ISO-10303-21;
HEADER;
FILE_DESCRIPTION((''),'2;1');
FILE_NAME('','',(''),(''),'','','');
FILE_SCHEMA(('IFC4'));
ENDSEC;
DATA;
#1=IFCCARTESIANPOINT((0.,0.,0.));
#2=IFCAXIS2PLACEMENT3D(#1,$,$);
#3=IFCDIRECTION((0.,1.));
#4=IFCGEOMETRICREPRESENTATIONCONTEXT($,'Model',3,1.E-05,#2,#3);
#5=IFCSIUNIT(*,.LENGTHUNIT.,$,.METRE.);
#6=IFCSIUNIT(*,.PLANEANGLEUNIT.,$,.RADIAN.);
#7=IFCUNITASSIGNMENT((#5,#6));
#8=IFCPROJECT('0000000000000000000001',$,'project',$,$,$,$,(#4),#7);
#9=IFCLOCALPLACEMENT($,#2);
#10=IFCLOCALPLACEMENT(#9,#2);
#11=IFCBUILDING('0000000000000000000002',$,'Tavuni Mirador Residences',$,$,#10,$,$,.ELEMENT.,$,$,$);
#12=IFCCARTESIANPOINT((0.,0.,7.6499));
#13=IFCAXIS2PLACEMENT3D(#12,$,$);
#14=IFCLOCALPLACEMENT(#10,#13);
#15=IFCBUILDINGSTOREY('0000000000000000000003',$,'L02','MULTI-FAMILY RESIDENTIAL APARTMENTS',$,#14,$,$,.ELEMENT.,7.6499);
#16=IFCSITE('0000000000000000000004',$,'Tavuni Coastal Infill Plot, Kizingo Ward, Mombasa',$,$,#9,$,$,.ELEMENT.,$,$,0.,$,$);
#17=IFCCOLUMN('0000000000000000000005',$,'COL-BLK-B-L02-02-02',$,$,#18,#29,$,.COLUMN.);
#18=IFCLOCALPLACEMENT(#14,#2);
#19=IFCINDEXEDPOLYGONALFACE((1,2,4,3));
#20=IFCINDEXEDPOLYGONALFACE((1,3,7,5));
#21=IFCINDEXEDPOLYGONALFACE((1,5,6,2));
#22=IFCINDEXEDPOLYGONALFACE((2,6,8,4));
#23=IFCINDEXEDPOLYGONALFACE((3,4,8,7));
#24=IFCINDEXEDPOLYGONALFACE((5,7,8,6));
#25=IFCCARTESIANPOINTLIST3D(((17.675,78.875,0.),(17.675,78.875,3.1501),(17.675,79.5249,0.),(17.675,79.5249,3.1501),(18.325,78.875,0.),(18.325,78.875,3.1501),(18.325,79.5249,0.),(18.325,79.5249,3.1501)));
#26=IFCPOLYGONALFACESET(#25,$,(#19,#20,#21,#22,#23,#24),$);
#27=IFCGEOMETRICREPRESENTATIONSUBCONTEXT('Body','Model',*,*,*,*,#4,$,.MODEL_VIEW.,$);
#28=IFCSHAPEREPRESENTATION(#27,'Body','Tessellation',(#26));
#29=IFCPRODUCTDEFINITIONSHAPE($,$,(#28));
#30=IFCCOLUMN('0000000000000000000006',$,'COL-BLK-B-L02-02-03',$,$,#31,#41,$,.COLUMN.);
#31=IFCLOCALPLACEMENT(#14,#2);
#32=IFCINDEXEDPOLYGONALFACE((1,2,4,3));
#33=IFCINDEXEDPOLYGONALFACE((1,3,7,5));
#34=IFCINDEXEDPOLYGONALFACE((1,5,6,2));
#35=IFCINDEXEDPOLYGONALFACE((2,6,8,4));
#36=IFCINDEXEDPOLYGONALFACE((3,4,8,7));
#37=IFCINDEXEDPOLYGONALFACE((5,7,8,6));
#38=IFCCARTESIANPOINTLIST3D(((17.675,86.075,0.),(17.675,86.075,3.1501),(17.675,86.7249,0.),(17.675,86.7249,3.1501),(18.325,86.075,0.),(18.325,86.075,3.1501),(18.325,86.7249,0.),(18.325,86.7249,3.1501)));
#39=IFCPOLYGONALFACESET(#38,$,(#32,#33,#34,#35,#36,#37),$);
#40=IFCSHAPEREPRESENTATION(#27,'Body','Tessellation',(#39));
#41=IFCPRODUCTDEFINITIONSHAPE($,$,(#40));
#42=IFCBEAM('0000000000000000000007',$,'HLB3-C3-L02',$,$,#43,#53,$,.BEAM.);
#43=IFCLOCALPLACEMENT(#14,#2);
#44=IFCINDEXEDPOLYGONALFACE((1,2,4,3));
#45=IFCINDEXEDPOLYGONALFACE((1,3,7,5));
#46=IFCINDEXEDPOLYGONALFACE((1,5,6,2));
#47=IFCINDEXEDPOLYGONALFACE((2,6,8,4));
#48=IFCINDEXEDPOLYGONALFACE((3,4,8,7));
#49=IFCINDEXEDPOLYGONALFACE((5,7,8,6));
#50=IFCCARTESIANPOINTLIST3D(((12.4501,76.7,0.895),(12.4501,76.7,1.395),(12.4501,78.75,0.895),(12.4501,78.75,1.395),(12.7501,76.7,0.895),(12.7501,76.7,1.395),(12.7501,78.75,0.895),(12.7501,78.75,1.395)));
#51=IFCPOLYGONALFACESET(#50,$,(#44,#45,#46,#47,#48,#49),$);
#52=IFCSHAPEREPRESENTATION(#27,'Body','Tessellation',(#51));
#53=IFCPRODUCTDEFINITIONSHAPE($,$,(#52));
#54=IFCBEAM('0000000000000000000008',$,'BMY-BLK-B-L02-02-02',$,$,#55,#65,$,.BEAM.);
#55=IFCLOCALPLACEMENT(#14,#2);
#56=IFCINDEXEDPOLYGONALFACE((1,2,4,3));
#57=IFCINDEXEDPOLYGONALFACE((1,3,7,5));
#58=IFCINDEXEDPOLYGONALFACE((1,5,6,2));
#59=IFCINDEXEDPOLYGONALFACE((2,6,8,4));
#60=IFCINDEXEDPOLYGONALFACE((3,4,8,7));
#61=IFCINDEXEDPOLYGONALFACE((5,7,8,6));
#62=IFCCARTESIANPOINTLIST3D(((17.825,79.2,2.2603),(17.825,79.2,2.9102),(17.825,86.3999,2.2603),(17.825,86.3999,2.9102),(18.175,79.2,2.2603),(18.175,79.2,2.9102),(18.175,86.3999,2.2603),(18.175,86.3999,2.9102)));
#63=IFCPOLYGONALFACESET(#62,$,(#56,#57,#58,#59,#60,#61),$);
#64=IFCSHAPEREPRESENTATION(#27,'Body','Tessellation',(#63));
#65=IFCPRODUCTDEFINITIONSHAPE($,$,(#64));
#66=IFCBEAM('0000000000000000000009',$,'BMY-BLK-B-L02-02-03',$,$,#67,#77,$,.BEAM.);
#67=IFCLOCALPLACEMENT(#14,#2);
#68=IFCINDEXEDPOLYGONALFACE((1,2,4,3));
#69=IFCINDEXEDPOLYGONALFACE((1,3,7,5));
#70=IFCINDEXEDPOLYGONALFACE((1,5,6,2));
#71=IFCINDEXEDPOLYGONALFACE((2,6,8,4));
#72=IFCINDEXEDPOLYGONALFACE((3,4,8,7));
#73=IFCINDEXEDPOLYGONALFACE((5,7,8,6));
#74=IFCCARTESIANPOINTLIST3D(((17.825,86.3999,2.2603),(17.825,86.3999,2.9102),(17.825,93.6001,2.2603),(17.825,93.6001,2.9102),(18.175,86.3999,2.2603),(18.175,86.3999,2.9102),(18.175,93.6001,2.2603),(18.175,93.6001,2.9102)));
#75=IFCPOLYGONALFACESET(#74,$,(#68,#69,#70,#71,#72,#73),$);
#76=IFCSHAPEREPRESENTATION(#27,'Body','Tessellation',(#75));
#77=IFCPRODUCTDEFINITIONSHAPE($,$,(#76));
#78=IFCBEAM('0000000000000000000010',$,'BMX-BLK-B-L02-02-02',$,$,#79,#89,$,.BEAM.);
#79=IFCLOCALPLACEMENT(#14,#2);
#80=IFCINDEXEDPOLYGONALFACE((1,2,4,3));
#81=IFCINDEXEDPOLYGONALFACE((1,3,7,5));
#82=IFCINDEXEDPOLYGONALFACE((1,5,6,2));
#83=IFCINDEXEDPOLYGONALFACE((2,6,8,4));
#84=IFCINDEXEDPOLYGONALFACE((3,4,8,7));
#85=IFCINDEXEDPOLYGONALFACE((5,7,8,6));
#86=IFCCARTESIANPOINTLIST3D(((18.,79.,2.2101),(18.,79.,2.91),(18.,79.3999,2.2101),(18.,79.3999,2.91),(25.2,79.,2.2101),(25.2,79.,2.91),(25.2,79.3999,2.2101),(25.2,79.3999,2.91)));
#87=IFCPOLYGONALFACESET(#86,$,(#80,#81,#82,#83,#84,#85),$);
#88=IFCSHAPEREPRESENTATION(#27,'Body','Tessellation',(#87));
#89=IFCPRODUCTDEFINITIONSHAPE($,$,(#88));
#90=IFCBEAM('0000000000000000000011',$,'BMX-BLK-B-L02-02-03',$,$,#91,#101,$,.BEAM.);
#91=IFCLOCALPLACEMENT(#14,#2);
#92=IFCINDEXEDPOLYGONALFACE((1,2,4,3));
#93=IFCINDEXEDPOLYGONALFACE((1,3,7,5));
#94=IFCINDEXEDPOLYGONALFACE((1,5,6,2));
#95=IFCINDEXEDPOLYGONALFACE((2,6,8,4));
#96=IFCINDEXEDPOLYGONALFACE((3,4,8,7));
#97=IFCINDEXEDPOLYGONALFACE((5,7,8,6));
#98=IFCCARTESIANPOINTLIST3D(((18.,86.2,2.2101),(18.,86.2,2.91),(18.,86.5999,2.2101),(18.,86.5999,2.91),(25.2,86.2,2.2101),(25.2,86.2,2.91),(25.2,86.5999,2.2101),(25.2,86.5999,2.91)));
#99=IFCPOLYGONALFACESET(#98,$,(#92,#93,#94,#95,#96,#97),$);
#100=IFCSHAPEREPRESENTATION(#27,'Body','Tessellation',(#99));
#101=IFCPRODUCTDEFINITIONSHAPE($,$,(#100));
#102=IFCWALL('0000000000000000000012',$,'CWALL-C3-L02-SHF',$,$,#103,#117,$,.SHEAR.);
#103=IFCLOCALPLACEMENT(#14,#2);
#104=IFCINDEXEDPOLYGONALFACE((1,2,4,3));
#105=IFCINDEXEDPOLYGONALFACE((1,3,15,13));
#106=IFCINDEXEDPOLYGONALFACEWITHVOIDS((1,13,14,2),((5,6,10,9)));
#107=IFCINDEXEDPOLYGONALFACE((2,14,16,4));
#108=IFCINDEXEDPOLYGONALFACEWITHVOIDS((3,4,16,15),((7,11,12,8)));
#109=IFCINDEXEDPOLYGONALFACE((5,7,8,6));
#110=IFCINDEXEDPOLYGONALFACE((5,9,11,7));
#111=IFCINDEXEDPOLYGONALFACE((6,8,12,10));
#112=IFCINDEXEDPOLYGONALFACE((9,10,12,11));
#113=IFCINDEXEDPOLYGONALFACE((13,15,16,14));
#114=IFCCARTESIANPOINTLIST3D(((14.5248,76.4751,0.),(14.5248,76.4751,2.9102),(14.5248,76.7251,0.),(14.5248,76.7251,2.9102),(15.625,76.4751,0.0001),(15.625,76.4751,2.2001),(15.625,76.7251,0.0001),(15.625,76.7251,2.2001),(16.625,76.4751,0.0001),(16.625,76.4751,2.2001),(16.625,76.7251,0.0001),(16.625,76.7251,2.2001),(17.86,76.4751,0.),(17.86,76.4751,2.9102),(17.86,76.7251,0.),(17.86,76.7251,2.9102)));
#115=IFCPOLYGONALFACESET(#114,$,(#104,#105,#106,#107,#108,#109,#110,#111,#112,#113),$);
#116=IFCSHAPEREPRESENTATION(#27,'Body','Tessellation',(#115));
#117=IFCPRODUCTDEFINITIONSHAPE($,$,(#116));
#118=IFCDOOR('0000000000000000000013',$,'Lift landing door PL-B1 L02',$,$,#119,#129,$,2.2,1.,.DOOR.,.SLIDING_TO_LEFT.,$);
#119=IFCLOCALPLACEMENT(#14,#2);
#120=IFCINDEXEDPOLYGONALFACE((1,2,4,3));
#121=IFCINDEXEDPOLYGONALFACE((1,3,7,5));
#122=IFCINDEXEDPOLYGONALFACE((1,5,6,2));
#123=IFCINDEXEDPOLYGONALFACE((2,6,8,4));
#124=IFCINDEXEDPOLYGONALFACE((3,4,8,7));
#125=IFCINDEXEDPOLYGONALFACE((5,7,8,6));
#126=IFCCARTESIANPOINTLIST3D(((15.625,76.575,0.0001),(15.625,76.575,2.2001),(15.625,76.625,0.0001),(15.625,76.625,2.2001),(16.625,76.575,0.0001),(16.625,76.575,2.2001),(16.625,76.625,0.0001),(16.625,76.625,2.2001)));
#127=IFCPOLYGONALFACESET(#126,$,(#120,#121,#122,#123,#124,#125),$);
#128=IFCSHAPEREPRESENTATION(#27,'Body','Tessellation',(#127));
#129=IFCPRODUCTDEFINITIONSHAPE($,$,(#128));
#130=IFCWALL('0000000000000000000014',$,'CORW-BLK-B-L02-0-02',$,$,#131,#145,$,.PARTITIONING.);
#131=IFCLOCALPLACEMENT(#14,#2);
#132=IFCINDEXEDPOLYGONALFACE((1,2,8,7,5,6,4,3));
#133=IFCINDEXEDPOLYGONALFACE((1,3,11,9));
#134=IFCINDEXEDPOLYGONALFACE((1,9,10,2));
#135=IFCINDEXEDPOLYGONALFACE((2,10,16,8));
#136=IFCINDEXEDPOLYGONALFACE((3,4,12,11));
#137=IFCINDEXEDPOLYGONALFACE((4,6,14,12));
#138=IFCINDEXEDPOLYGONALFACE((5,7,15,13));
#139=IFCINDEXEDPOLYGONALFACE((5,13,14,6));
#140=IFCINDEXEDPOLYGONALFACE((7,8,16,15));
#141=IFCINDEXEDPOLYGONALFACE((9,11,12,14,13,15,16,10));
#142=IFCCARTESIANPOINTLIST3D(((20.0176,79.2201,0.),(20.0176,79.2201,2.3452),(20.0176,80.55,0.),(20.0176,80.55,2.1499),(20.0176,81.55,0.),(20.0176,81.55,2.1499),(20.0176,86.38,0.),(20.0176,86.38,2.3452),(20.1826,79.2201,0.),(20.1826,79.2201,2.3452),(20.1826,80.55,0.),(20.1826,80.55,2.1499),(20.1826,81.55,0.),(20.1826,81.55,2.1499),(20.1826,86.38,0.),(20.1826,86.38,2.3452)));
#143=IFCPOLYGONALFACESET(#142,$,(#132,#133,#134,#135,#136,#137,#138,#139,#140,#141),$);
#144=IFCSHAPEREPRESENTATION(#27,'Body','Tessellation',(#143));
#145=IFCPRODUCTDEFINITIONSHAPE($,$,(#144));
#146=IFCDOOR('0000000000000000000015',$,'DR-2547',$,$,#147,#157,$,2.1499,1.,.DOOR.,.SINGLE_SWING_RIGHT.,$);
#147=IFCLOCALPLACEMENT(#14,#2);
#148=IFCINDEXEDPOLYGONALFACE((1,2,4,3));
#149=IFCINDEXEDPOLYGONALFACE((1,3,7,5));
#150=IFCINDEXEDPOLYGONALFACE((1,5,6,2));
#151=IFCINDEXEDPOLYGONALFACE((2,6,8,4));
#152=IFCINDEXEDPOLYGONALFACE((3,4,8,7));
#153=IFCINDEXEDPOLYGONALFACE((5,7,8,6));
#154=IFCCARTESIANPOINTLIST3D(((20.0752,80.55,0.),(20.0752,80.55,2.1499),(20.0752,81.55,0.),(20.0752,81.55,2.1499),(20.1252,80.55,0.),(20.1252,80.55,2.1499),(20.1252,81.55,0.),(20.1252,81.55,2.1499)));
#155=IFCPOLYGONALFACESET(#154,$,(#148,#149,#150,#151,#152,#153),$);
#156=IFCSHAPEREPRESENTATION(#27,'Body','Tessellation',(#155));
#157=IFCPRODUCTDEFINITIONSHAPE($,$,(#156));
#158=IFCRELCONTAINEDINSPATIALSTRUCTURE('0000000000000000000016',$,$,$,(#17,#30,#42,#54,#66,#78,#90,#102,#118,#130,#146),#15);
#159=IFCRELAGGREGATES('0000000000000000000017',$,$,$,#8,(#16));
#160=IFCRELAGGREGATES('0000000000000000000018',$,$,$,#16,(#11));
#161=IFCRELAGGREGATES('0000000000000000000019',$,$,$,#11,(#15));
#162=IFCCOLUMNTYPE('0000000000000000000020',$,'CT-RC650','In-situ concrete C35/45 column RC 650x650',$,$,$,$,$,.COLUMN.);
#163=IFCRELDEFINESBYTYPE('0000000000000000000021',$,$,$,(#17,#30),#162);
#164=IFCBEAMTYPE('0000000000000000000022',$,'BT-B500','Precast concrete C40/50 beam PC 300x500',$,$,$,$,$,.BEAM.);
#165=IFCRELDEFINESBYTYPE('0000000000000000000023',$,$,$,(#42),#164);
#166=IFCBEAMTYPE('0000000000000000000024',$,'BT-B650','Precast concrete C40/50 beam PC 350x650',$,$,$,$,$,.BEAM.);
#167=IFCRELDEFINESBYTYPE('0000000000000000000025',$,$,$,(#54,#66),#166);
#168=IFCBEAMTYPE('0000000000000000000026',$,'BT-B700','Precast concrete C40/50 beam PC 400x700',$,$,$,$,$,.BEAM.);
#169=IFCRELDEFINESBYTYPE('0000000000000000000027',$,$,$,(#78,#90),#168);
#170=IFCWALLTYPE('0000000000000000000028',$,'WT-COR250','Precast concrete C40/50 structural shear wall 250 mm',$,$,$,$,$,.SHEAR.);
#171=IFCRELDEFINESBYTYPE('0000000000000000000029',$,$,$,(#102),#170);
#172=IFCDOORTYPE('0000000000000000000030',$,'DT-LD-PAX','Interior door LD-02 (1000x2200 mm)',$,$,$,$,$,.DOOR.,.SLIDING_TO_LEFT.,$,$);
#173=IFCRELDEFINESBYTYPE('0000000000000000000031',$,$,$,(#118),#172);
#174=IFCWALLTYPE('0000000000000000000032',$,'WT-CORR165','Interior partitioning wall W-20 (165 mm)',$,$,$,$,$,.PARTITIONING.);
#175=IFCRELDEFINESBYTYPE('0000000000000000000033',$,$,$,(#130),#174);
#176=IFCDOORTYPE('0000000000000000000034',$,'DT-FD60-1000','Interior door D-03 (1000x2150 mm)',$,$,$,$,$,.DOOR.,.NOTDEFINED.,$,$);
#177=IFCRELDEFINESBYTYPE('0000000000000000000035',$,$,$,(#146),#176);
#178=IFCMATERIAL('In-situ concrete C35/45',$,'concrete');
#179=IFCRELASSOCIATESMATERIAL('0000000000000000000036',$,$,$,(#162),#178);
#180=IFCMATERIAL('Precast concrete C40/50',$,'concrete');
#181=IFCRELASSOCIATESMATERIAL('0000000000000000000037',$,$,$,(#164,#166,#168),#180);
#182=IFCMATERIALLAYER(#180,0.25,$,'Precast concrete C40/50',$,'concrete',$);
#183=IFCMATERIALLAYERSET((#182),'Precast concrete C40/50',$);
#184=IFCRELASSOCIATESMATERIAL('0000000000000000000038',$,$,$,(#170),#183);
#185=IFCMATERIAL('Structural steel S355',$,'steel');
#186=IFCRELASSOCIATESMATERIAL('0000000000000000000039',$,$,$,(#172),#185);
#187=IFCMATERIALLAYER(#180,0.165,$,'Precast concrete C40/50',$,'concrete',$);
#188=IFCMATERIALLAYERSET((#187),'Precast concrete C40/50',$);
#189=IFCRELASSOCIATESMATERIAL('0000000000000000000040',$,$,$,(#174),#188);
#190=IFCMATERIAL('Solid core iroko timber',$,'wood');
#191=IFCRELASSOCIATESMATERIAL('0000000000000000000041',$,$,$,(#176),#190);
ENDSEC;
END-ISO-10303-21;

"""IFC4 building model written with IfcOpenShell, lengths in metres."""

from ifc_helpers import new_model, si_unit, direction, frame, frame_2d, origin, origin_2d, place, context, subcontext, project, spatial, rectangle, extrude, material, layer, layer_set, material_profile, profile_set, type_object, element, fill, save


model = new_model("IFC4")

# Units and contexts
model_context = context("Model", 3, precision=1e-05, world=origin(), true_north=direction((0.0, 1.0)))
body_context = subcontext(model_context, "Body", "Model", "MODEL_VIEW")
ifc_project = project(units=[si_unit("LENGTHUNIT", "METRE"), si_unit("PLANEANGLEUNIT", "RADIAN")], contexts=[model_context])

# Site, building, storey
site_placement = place(None, origin())
site = spatial("IfcSite", under=ifc_project, at=site_placement, Name="Tavuni Coastal Infill Plot, Kizingo Ward, Mombasa", CompositionType="ELEMENT", RefElevation=0.0)
building_placement = place(site_placement, origin())
building = spatial("IfcBuilding", under=site, at=building_placement, Name="Tavuni Mirador Residences", CompositionType="ELEMENT")
storey_placement = place(building_placement, frame((0.0, 0.0, 7.6499)))
storey = spatial("IfcBuildingStorey", under=building, at=storey_placement, Name="L02", Description="MULTI-FAMILY RESIDENTIAL APARTMENTS", CompositionType="ELEMENT", Elevation=7.6499)

# Columns
ifc_material_1 = material(Name="In-situ concrete C35/45", Category="concrete")
ifc_material_profile_1 = material_profile(ifc_material_1, rectangle(XDim=0.6499, YDim=0.6499, at=origin_2d()), Name="RC 650x650", Category="concrete")
ifc_profile_set_1 = profile_set([ifc_material_profile_1], Name="In-situ concrete C35/45")
column_type = type_object("IfcColumnType", Name="CT-RC650", Description="In-situ concrete C35/45 column RC 650x650", PredefinedType="COLUMN", material=ifc_profile_set_1)
for number, where, z_axis, x_axis, name in (
    (1, (18.0, 79.2, 0.0), (0.0, 0.0, 1.0), (1.0, 0.0, 0.0), "COL-BLK-B-L02-02-02"),
    (2, (18.0, 86.3999, 0.0), (0.0, 0.0, 1.0), (1.0, 0.0, 0.0), "COL-BLK-B-L02-02-03"),
):
    element("IfcColumn", number, at=place(storey_placement, frame(where, z_axis=z_axis, x_axis=x_axis)), inside=storey, type_object=column_type, Name=name, PredefinedType="COLUMN", context=body_context, shape_type="SweptSolid", body=[
        extrude(rectangle(XDim=0.6499, YDim=0.6499, at=origin_2d()), origin(), (0.0, 0.0, 1.0), 3.1501),
    ])

# Beams
ifc_material_2 = material(Name="Precast concrete C40/50", Category="concrete")
ifc_material_profile_2 = material_profile(ifc_material_2, rectangle(XDim=0.3, YDim=0.5, at=origin_2d()), Name="PC 300x500", Category="concrete")
ifc_profile_set_2 = profile_set([ifc_material_profile_2], Name="Precast concrete C40/50")
beam_type_1 = type_object("IfcBeamType", Name="BT-B500", Description="Precast concrete C40/50 beam PC 300x500", PredefinedType="BEAM", material=ifc_profile_set_2)
beam_1_placement = place(storey_placement, frame((12.6001, 76.7, 1.145), z_axis=(0.0, 1.0, 0.0), x_axis=(-1.0, 0.0, 0.0)))
element("IfcBeam", 3, at=beam_1_placement, inside=storey, type_object=beam_type_1, Name="HLB3-C3-L02", PredefinedType="BEAM", context=body_context, shape_type="SweptSolid", body=[
    extrude(rectangle(XDim=0.3, YDim=0.5, at=origin_2d()), origin(), (0.0, 0.0, 1.0), 2.05),
])
ifc_material_profile_3 = material_profile(ifc_material_2, rectangle(XDim=0.3501, YDim=0.6499, at=origin_2d()), Name="PC 350x650", Category="concrete")
ifc_profile_set_3 = profile_set([ifc_material_profile_3], Name="Precast concrete C40/50")
beam_type_2 = type_object("IfcBeamType", Name="BT-B650", Description="Precast concrete C40/50 beam PC 350x650", PredefinedType="BEAM", material=ifc_profile_set_3)
beam_2_placement = place(storey_placement, frame((18.0, 79.2, 2.5852), z_axis=(0.0, 1.0, 0.0), x_axis=(-1.0, 0.0, 0.0)))
element("IfcBeam", 4, at=beam_2_placement, inside=storey, type_object=beam_type_2, Name="BMY-BLK-B-L02-02-02", PredefinedType="BEAM", context=body_context, shape_type="SweptSolid", body=[
    extrude(rectangle(XDim=0.3501, YDim=0.6499, at=origin_2d()), origin(), (0.0, 0.0, 1.0), 7.2),
])
beam_3_placement = place(storey_placement, frame((18.0, 86.3999, 2.5852), z_axis=(0.0, 1.0, 0.0), x_axis=(-1.0, 0.0, 0.0)))
element("IfcBeam", 5, at=beam_3_placement, inside=storey, type_object=beam_type_2, Name="BMY-BLK-B-L02-02-03", PredefinedType="BEAM", context=body_context, shape_type="SweptSolid", body=[
    extrude(rectangle(XDim=0.3501, YDim=0.6499, at=origin_2d()), origin(), (0.0, 0.0, 1.0), 7.2002),
])
ifc_material_profile_4 = material_profile(ifc_material_2, rectangle(XDim=0.3999, YDim=0.7, at=origin_2d()), Name="PC 400x700", Category="concrete")
ifc_profile_set_4 = profile_set([ifc_material_profile_4], Name="Precast concrete C40/50")
beam_type_3 = type_object("IfcBeamType", Name="BT-B700", Description="Precast concrete C40/50 beam PC 400x700", PredefinedType="BEAM", material=ifc_profile_set_4)
for number, where, z_axis, x_axis, name in (
    (6, (18.0, 79.2, 2.5601), (1.0, 0.0, 0.0), (0.0, 1.0, 0.0), "BMX-BLK-B-L02-02-02"),
    (7, (18.0, 86.3999, 2.5601), (1.0, 0.0, 0.0), (0.0, 1.0, 0.0), "BMX-BLK-B-L02-02-03"),
):
    element("IfcBeam", number, at=place(storey_placement, frame(where, z_axis=z_axis, x_axis=x_axis)), inside=storey, type_object=beam_type_3, Name=name, PredefinedType="BEAM", context=body_context, shape_type="SweptSolid", body=[
        extrude(rectangle(XDim=0.3999, YDim=0.7, at=origin_2d()), origin(), (0.0, 0.0, 1.0), 7.2),
    ])

# Walls, openings, doors
ifc_layer_1 = layer(ifc_material_2, 0.25, Name="Precast concrete C40/50", Category="concrete")
ifc_layer_set_1 = layer_set([ifc_layer_1], Name="Precast concrete C40/50")
wall_type_1 = type_object("IfcWallType", Name="WT-COR250", Description="Precast concrete C40/50 structural shear wall 250 mm", PredefinedType="SHEAR", material=ifc_layer_set_1)
wall_1_placement = place(storey_placement, frame((14.5249, 76.6001, 0.0), z_axis=(0.0, 0.0, 1.0), x_axis=(1.0, 0.0, 0.0)))
wall_1 = element("IfcWall", 8, at=wall_1_placement, inside=storey, type_object=wall_type_1, Name="CWALL-C3-L02-SHF", PredefinedType="SHEAR", context=body_context, shape_type="SweptSolid", body=[
    extrude(rectangle(XDim=3.3352, YDim=0.25, at=frame_2d((1.6675, 0.0))), origin(), (0.0, 0.0, 1.0), 2.9102),
])
opening_1_placement = place(wall_1_placement, frame((1.1001, 0.0, 0.0)))
opening_1 = element("IfcOpeningElement", 9, at=opening_1_placement, cuts=wall_1, PredefinedType="OPENING", context=body_context, shape_type="SweptSolid", body=[
    extrude(rectangle(XDim=1.0, YDim=2.2, at=frame_2d((0.5, 1.1001))), frame((0.0, 0.135, 0.0), z_axis=(0.0, -1.0, 0.0), x_axis=(1.0, 0.0, 0.0)), (0.0, 0.0, 1.0), 0.27),
])
ifc_material_3 = material(Name="Structural steel S355", Category="steel")
door_type_1 = type_object("IfcDoorType", Name="DT-LD-PAX", Description="Interior door LD-02 (1000x2200 mm)", OperationType="SLIDING_TO_LEFT", PredefinedType="DOOR", material=ifc_material_3)
door_1_placement = place(opening_1_placement, origin())
door_1 = element("IfcDoor", 10, at=door_1_placement, inside=storey, type_object=door_type_1, Name="Lift landing door PL-B1 L02", OperationType="SLIDING_TO_LEFT", OverallHeight=2.2, OverallWidth=1.0, PredefinedType="DOOR", context=body_context, shape_type="SweptSolid", body=[
    extrude(rectangle(XDim=1.0, YDim=2.2, at=frame_2d((0.5, 1.1001))), frame((0.0, 0.0249, 0.0), z_axis=(0.0, -1.0, 0.0), x_axis=(1.0, 0.0, 0.0)), (0.0, 0.0, 1.0), 0.05),
])
fill(opening_1, door_1)
ifc_material_4 = material(Name="Solid core iroko timber", Category="wood")
ifc_layer_2 = layer(ifc_material_2, 0.165, Name="Precast concrete C40/50", Category="concrete")
ifc_layer_set_2 = layer_set([ifc_layer_2], Name="Precast concrete C40/50")
wall_type_2 = type_object("IfcWallType", Name="WT-CORR165", Description="Interior partitioning wall W-20 (165 mm)", PredefinedType="PARTITIONING", material=ifc_layer_set_2)
wall_2_placement = place(storey_placement, frame((20.1001, 79.22, 0.0), z_axis=(0.0, 0.0, 1.0), x_axis=(0.0, 1.0, 0.0)))
wall_2 = element("IfcWall", 11, at=wall_2_placement, inside=storey, type_object=wall_type_2, Name="CORW-BLK-B-L02-0-02", PredefinedType="PARTITIONING", context=body_context, shape_type="SweptSolid", body=[
    extrude(rectangle(XDim=7.1599, YDim=0.165, at=frame_2d((3.5801, 0.0))), origin(), (0.0, 0.0, 1.0), 2.3452),
])
opening_2_placement = place(wall_2_placement, frame((1.3301, 0.0, 0.0)))
opening_2 = element("IfcOpeningElement", 12, at=opening_2_placement, cuts=wall_2, PredefinedType="OPENING", context=body_context, shape_type="SweptSolid", body=[
    extrude(rectangle(XDim=1.0, YDim=2.1499, at=frame_2d((0.5, 1.075))), frame((0.0, 0.0925, 0.0), z_axis=(0.0, -1.0, 0.0), x_axis=(1.0, 0.0, 0.0)), (0.0, 0.0, 1.0), 0.1851),
])
door_type_2 = type_object("IfcDoorType", Name="DT-FD60-1000", Description="Interior door D-03 (1000x2150 mm)", OperationType="NOTDEFINED", PredefinedType="DOOR", material=ifc_material_4)
door_2_placement = place(opening_2_placement, origin())
door_2 = element("IfcDoor", 13, at=door_2_placement, inside=storey, type_object=door_type_2, Name="DR-2547", OperationType="SINGLE_SWING_RIGHT", OverallHeight=2.1499, OverallWidth=1.0, PredefinedType="DOOR", context=body_context, shape_type="SweptSolid", body=[
    extrude(rectangle(XDim=1.0, YDim=2.1499, at=frame_2d((0.5, 1.075))), frame((0.0, 0.0249, 0.0), z_axis=(0.0, -1.0, 0.0), x_axis=(1.0, 0.0, 0.0)), (0.0, 0.0, 1.0), 0.05),
])
fill(opening_2, door_2)

save(model, "model.ifc")
